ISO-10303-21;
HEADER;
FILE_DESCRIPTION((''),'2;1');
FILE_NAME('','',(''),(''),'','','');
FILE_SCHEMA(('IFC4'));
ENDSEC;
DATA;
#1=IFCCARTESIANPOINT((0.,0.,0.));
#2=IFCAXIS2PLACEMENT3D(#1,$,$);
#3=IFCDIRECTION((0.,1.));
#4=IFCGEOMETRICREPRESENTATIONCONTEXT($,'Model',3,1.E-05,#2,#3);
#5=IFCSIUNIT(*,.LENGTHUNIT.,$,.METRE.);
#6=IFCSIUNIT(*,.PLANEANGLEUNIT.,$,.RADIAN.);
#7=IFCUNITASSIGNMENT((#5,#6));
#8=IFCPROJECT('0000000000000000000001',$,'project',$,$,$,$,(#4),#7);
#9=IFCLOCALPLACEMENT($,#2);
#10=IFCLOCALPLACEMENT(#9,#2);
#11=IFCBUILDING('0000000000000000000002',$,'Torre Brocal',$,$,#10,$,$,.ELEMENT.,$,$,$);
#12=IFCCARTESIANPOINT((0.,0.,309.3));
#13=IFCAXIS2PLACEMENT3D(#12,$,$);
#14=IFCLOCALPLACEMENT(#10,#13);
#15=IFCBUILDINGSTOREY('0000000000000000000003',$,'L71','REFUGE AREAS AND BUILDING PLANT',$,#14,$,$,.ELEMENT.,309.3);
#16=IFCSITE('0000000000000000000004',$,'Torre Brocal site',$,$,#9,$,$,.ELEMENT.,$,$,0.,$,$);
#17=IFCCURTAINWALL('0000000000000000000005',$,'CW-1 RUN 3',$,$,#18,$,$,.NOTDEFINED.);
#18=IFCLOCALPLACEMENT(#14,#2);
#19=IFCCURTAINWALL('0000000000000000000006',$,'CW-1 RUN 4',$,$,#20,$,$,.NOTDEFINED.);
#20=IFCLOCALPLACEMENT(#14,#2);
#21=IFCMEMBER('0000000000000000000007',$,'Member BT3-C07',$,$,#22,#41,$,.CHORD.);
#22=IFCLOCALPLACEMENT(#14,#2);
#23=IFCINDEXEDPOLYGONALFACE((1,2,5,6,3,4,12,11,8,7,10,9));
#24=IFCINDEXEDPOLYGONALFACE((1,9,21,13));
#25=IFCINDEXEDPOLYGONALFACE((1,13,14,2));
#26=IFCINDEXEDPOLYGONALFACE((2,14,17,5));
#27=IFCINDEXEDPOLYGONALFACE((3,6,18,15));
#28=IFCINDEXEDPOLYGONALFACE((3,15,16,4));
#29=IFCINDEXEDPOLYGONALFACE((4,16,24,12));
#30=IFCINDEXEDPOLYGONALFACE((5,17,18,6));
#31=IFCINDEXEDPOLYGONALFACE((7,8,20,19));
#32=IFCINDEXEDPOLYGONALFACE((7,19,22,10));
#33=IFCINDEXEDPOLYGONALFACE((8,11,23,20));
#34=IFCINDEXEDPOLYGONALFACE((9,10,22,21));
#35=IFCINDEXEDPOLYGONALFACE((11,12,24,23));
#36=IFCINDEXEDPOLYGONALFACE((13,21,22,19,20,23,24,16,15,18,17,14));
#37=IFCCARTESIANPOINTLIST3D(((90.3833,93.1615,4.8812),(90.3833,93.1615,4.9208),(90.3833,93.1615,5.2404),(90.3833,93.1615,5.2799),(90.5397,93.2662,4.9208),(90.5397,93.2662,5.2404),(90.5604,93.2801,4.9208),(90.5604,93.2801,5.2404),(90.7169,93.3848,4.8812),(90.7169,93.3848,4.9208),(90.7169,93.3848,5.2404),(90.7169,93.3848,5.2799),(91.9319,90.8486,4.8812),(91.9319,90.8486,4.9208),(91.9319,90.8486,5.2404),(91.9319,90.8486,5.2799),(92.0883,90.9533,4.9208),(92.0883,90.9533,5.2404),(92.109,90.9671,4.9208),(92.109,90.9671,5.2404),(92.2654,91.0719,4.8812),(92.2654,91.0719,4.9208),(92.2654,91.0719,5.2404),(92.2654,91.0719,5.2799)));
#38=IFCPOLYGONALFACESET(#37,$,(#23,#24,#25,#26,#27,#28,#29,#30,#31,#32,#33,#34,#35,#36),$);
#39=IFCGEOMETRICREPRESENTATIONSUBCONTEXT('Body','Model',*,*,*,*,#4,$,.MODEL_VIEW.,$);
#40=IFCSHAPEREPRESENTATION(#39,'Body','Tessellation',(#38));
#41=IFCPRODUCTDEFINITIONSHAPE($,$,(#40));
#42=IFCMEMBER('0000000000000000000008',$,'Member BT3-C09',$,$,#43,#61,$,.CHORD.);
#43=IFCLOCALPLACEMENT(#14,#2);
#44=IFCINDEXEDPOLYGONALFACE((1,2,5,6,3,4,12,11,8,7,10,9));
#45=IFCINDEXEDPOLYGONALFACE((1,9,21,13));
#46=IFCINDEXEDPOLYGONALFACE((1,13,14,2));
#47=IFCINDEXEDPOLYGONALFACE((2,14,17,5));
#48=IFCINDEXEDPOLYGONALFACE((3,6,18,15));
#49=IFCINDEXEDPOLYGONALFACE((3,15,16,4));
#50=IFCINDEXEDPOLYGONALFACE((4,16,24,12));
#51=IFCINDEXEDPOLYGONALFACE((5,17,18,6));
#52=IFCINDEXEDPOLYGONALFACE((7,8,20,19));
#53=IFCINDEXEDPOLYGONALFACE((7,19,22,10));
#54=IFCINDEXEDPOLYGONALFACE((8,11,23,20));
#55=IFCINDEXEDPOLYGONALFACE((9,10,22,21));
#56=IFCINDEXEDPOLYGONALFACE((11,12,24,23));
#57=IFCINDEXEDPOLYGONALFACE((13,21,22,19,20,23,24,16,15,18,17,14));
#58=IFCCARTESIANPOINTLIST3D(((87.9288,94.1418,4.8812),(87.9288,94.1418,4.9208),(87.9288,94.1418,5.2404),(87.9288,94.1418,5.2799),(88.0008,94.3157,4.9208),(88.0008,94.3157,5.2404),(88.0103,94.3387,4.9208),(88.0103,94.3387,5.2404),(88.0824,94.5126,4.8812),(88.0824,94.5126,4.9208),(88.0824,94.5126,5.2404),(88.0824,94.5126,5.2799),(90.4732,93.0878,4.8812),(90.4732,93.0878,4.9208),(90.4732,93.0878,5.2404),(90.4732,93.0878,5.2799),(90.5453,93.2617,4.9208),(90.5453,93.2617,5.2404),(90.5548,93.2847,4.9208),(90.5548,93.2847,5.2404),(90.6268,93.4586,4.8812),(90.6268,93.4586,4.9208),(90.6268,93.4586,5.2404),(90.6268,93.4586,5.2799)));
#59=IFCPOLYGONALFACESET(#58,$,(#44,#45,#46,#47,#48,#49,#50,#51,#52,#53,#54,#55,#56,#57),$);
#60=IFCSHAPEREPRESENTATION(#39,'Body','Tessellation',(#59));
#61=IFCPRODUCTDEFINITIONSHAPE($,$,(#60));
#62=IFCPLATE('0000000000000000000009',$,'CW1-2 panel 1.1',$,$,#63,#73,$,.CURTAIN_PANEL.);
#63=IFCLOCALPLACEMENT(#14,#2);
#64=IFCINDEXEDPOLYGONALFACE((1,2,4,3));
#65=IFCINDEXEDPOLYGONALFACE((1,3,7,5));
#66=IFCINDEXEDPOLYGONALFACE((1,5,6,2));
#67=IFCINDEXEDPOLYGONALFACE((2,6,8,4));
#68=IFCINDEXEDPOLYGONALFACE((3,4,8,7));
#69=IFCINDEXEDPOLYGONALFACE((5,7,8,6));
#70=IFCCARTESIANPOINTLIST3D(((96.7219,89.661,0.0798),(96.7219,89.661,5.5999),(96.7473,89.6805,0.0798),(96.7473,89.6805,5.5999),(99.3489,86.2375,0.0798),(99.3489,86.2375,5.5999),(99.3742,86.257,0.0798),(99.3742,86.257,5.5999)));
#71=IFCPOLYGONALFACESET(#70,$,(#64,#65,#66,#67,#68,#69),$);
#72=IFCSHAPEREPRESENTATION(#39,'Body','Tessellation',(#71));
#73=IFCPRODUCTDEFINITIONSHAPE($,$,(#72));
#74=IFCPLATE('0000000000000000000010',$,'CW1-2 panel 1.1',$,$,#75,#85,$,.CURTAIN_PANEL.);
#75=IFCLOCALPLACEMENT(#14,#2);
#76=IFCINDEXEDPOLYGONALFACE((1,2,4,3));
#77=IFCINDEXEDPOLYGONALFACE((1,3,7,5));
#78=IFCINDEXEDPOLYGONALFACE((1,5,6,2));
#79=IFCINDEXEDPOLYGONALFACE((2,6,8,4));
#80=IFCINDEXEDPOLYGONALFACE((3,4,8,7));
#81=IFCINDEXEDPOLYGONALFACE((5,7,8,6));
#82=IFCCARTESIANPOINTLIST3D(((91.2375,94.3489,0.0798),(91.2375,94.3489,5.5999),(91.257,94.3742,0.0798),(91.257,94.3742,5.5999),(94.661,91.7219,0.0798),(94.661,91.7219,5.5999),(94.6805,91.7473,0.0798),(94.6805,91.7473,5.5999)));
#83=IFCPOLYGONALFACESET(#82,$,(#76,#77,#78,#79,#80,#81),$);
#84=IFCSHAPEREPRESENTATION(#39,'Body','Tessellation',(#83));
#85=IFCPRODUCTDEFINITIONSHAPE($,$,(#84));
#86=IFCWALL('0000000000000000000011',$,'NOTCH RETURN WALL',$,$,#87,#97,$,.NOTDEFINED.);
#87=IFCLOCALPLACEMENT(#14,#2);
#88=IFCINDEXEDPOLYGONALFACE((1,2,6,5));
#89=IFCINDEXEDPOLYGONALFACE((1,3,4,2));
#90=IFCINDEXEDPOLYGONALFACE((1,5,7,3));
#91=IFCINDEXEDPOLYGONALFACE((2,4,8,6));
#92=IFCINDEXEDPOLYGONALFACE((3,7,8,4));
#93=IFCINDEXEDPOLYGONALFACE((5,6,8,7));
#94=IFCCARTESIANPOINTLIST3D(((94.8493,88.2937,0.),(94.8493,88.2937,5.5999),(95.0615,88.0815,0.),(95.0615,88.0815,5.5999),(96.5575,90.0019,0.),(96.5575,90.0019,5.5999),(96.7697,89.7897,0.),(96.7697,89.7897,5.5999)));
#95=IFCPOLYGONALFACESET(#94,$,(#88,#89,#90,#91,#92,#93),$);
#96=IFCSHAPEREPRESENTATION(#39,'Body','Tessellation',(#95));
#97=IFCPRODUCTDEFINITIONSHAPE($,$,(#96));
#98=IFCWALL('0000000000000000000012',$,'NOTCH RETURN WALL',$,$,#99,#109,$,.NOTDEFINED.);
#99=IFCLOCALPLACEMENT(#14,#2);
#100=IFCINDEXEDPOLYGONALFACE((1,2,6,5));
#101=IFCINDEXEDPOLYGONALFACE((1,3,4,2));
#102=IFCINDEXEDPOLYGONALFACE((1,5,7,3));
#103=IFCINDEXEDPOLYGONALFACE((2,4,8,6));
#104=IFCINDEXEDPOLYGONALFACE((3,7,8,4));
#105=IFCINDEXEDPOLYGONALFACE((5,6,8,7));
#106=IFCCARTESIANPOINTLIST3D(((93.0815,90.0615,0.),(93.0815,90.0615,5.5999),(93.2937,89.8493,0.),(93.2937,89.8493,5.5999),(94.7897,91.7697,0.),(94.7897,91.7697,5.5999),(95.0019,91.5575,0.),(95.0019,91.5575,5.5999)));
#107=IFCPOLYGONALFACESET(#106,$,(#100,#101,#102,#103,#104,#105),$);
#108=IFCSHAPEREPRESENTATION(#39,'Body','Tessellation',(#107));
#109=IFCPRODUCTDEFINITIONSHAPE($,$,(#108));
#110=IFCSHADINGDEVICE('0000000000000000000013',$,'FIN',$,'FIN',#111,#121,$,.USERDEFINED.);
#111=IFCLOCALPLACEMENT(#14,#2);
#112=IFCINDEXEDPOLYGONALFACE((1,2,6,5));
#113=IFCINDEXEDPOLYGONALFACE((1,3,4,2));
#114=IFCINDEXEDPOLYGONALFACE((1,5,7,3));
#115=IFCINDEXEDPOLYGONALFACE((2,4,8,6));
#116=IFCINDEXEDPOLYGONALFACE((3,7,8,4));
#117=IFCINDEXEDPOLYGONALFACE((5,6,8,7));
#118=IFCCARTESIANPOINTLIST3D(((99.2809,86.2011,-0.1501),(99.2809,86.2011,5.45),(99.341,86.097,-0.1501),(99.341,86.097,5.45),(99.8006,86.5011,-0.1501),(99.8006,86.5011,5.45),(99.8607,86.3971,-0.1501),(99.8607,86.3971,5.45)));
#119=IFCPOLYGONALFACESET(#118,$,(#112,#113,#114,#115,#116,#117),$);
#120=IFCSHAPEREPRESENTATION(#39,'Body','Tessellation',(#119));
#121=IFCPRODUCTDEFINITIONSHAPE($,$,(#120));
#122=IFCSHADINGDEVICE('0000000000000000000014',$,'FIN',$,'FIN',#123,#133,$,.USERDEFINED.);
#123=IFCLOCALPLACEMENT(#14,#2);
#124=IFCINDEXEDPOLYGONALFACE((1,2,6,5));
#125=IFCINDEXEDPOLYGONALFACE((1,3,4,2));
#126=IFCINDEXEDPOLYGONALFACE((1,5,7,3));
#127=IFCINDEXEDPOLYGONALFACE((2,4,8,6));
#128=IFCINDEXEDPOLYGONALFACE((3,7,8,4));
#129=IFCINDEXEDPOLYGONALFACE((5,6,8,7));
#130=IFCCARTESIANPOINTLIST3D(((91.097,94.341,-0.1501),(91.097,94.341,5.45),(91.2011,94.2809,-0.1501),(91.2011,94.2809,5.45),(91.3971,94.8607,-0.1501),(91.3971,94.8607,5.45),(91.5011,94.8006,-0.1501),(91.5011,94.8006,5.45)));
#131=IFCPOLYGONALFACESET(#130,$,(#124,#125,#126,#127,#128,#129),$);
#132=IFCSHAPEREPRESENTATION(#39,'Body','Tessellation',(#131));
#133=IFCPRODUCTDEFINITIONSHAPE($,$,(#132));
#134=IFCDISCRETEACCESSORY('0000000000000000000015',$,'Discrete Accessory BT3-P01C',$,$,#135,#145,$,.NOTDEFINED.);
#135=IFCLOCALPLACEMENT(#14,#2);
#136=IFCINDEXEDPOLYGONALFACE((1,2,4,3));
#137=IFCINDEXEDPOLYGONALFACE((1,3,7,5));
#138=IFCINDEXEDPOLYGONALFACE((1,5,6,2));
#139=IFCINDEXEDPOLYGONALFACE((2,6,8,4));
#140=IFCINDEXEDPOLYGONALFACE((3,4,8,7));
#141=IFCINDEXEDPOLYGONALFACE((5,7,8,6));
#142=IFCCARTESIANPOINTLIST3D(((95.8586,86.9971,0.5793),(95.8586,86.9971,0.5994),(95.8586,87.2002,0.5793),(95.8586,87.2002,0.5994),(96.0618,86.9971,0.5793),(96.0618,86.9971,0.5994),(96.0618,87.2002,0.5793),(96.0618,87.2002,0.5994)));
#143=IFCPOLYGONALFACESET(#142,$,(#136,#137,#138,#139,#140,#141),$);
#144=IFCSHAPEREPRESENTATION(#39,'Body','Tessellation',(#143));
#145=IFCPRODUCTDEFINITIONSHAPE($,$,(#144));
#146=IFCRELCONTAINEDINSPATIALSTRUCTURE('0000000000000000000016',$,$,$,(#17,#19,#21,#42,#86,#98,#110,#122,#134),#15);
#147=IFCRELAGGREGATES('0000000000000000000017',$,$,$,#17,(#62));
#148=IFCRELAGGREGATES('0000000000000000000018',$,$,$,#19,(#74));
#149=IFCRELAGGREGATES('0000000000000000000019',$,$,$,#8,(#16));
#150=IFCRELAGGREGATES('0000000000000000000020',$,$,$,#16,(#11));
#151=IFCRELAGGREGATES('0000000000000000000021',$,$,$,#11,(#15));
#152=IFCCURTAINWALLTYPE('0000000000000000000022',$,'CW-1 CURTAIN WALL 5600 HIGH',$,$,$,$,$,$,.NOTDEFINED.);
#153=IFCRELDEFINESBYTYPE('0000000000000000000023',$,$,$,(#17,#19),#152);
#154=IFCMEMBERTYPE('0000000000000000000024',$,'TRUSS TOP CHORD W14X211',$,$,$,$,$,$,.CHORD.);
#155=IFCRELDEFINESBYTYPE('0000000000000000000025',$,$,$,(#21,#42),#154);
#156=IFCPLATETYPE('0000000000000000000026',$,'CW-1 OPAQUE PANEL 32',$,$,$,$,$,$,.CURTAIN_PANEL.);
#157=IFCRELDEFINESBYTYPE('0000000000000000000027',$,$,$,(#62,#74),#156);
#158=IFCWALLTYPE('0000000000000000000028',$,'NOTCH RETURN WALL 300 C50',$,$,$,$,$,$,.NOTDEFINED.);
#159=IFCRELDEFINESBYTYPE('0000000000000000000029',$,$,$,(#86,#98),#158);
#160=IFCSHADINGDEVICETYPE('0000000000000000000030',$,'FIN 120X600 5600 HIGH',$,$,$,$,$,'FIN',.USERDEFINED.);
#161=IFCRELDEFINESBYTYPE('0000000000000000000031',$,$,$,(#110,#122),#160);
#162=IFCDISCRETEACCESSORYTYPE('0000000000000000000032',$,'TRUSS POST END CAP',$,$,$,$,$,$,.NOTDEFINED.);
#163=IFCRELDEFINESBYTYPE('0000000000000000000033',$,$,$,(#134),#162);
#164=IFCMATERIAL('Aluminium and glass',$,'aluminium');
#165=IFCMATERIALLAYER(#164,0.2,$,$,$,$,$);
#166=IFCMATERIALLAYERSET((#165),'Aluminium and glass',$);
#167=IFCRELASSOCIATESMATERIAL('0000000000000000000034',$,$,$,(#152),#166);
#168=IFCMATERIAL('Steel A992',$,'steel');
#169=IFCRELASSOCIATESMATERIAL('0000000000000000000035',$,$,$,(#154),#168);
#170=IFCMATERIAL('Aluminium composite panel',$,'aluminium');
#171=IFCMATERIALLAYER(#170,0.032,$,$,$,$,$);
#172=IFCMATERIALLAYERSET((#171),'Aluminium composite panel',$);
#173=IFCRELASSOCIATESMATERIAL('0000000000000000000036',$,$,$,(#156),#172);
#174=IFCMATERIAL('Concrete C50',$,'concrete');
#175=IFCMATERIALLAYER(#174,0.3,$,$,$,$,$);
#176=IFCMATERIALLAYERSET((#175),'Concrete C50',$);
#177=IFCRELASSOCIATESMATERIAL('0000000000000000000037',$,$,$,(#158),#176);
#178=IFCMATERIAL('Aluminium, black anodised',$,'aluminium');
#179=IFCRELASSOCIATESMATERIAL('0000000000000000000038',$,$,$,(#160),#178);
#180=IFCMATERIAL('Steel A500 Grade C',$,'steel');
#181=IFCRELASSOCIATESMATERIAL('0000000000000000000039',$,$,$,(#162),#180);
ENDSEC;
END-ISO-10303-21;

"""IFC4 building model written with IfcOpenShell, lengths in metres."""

from ifc_helpers import new_model, si_unit, direction, frame, frame_2d, origin, origin_2d, place, context, subcontext, project, spatial, rectangle, i_section, extrude, material, layer, layer_set, material_profile, profile_set, type_object, element, aggregate, save


model = new_model("IFC4")

# Units and contexts
model_context = context("Model", 3, precision=1e-05, world=origin(), true_north=direction((0.0, 1.0)))
body_context = subcontext(model_context, "Body", "Model", "MODEL_VIEW")
ifc_project = project(units=[si_unit("LENGTHUNIT", "METRE"), si_unit("PLANEANGLEUNIT", "RADIAN")], contexts=[model_context])

# Site, building, storey
site_placement = place(None, origin())
site = spatial("IfcSite", under=ifc_project, at=site_placement, Name="Torre Brocal site", CompositionType="ELEMENT", RefElevation=0.0)
building_placement = place(site_placement, origin())
building = spatial("IfcBuilding", under=site, at=building_placement, Name="Torre Brocal", CompositionType="ELEMENT")
storey_placement = place(building_placement, frame((0.0, 0.0, 309.3)))
storey = spatial("IfcBuildingStorey", under=building, at=storey_placement, Name="L71", Description="REFUGE AREAS AND BUILDING PLANT", CompositionType="ELEMENT", Elevation=309.3)

# Shared definitions
ifc_material_1 = material(Name="Aluminium and glass", Category="aluminium")
ifc_layer_1 = layer(ifc_material_1, 0.2)
ifc_layer_set_1 = layer_set([ifc_layer_1], Name="Aluminium and glass")
curtain_wall_type = type_object("IfcCurtainWallType", Name="CW-1 CURTAIN WALL 5600 HIGH", PredefinedType="NOTDEFINED", material=ifc_layer_set_1)

# Curtain walls
curtain_wall_1_placement = place(storey_placement, origin())
curtain_wall_1 = element("IfcCurtainWall", 1, at=curtain_wall_1_placement, inside=storey, type_object=curtain_wall_type, Name="CW-1 RUN 3", PredefinedType="NOTDEFINED")
curtain_wall_2_placement = place(storey_placement, origin())
curtain_wall_2 = element("IfcCurtainWall", 2, at=curtain_wall_2_placement, inside=storey, type_object=curtain_wall_type, Name="CW-1 RUN 4", PredefinedType="NOTDEFINED")

# Members
ifc_material_2 = material(Name="Steel A992", Category="steel")
ifc_material_profile_1 = material_profile(ifc_material_2, i_section(OverallWidth=0.4014, OverallDepth=0.3987, WebThickness=0.0249, FlangeThickness=0.0396, at=origin_2d()), Name="W14X211")
ifc_profile_set_1 = profile_set([ifc_material_profile_1], Name="Steel A992")
member_type_1 = type_object("IfcMemberType", Name="TRUSS TOP CHORD W14X211", PredefinedType="CHORD", material=ifc_profile_set_1)
for number, where, z_axis, x_axis, name in (
    (3, (92.0986, 90.9602, 5.0806), (-0.556339, 0.830956, 0.0), (-0.830956, -0.556339, 0.0), "Member BT3-C07"),
):
    element("IfcMember", number, at=place(storey_placement, frame(where, z_axis=z_axis, x_axis=x_axis)), inside=storey, type_object=member_type_1, Name=name, PredefinedType="CHORD", context=body_context, shape_type="SweptSolid", body=[
        extrude(i_section(OverallWidth=0.4014, OverallDepth=0.3987, WebThickness=0.0249, FlangeThickness=0.0396, at=origin_2d()), origin(), (0.0, 0.0, 1.0), 2.7834),
    ])
member_1_placement = place(storey_placement, frame((90.55, 93.2732, 5.0806), z_axis=(-0.923877, 0.382688, 0.0), x_axis=(-0.382688, -0.923877, 0.0)))
element("IfcMember", 4, at=member_1_placement, inside=storey, type_object=member_type_1, Name="Member BT3-C09", PredefinedType="CHORD", context=body_context, shape_type="SweptSolid", body=[
    extrude(i_section(OverallWidth=0.4014, OverallDepth=0.3987, WebThickness=0.0249, FlangeThickness=0.0396, at=origin_2d()), origin(), (0.0, 0.0, 1.0), 2.7542),
])

# Plates
ifc_material_3 = material(Name="Aluminium composite panel", Category="aluminium")
ifc_layer_2 = layer(ifc_material_3, 0.032)
ifc_layer_set_2 = layer_set([ifc_layer_2], Name="Aluminium composite panel")
plate_type = type_object("IfcPlateType", Name="CW-1 OPAQUE PANEL 32", PredefinedType="CURTAIN_PANEL", material=ifc_layer_set_2)
plate_1_placement = place(storey_placement, frame((98.0481, 87.959, 0.0798), z_axis=(0.0, 0.0, 1.0), x_axis=(-0.608761, 0.793353, 0.0)))
plate_1 = element("IfcPlate", 5, at=plate_1_placement, type_object=plate_type, Name="CW1-2 panel 1.1", PredefinedType="CURTAIN_PANEL", context=body_context, shape_type="SweptSolid", body=[
    extrude(rectangle(XDim=4.3152, YDim=0.032, at=origin_2d()), origin(), (0.0, 0.0, 1.0), 5.52),
])
aggregate(curtain_wall_1, [plate_1])
plate_2_placement = place(storey_placement, frame((92.959, 93.0481, 0.0798), z_axis=(0.0, 0.0, 1.0), x_axis=(-0.793353, 0.608761, 0.0)))
plate_2 = element("IfcPlate", 6, at=plate_2_placement, type_object=plate_type, Name="CW1-2 panel 1.1", PredefinedType="CURTAIN_PANEL", context=body_context, shape_type="SweptSolid", body=[
    extrude(rectangle(XDim=4.3152, YDim=0.032, at=origin_2d()), origin(), (0.0, 0.0, 1.0), 5.52),
])
aggregate(curtain_wall_2, [plate_2])

# Walls
ifc_material_4 = material(Name="Concrete C50", Category="concrete")
ifc_layer_3 = layer(ifc_material_4, 0.3)
ifc_layer_set_3 = layer_set([ifc_layer_3], Name="Concrete C50")
wall_type = type_object("IfcWallType", Name="NOTCH RETURN WALL 300 C50", PredefinedType="NOTDEFINED", material=ifc_layer_set_3)
for number, where, z_axis, x_axis, name in (
    (7, (94.9553, 88.1875, 0.0), (0.0, 0.0, 1.0), (0.707107, 0.707107, 0.0), "NOTCH RETURN WALL"),
    (8, (93.1875, 89.9553, 0.0), (0.0, 0.0, 1.0), (0.707107, 0.707107, 0.0), "NOTCH RETURN WALL"),
):
    element("IfcWall", number, at=place(storey_placement, frame(where, z_axis=z_axis, x_axis=x_axis)), inside=storey, type_object=wall_type, Name=name, PredefinedType="NOTDEFINED", context=body_context, shape_type="SweptSolid", body=[
        extrude(rectangle(XDim=2.4158, YDim=0.3, at=frame_2d((1.208, 0.0))), origin(), (0.0, 0.0, 1.0), 5.5999),
    ])

# Shading devices
ifc_material_5 = material(Name="Aluminium, black anodised", Category="aluminium")
ifc_material_profile_2 = material_profile(ifc_material_5, rectangle(XDim=0.1201, YDim=0.6001, at=origin_2d()), Name="FIN 120X600 5600 HIGH")
ifc_profile_set_2 = profile_set([ifc_material_profile_2], Name="Aluminium, black anodised")
shading_device_type = type_object("IfcShadingDeviceType", Name="FIN 120X600 5600 HIGH", ElementType="FIN", PredefinedType="USERDEFINED", material=ifc_profile_set_2)
for number, where, z_axis, x_axis, name in (
    (9, (99.5708, 86.2991, -0.1501), (0.0, 0.0, 1.0), (-0.5, 0.866025, 0.0), "FIN"),
    (10, (91.2991, 94.5708, -0.1501), (0.0, 0.0, 1.0), (-0.866025, 0.5, 0.0), "FIN"),
):
    element("IfcShadingDevice", number, at=place(storey_placement, frame(where, z_axis=z_axis, x_axis=x_axis)), inside=storey, type_object=shading_device_type, Name=name, ObjectType="FIN", PredefinedType="USERDEFINED", context=body_context, shape_type="SweptSolid", body=[
        extrude(rectangle(XDim=0.1201, YDim=0.6001, at=origin_2d()), origin(), (0.0, 0.0, 1.0), 5.6001),
    ])

# Discrete accessory
ifc_material_6 = material(Name="Steel A500 Grade C", Category="steel")
discrete_accessory_type = type_object("IfcDiscreteAccessoryType", Name="TRUSS POST END CAP", PredefinedType="NOTDEFINED", material=ifc_material_6)
discrete_accessory_placement = place(storey_placement, frame((95.9602, 87.0986, 0.5793), z_axis=(0.0, 0.0, 1.0), x_axis=(1.0, 0.0, 0.0)))
element("IfcDiscreteAccessory", 11, at=discrete_accessory_placement, inside=storey, type_object=discrete_accessory_type, Name="Discrete Accessory BT3-P01C", PredefinedType="NOTDEFINED", context=body_context, shape_type="SweptSolid", body=[
    extrude(rectangle(XDim=0.2031, YDim=0.2031, at=origin_2d()), origin(), (0.0, 0.0, 1.0), 0.02),
])

save(model, "model.ifc")
